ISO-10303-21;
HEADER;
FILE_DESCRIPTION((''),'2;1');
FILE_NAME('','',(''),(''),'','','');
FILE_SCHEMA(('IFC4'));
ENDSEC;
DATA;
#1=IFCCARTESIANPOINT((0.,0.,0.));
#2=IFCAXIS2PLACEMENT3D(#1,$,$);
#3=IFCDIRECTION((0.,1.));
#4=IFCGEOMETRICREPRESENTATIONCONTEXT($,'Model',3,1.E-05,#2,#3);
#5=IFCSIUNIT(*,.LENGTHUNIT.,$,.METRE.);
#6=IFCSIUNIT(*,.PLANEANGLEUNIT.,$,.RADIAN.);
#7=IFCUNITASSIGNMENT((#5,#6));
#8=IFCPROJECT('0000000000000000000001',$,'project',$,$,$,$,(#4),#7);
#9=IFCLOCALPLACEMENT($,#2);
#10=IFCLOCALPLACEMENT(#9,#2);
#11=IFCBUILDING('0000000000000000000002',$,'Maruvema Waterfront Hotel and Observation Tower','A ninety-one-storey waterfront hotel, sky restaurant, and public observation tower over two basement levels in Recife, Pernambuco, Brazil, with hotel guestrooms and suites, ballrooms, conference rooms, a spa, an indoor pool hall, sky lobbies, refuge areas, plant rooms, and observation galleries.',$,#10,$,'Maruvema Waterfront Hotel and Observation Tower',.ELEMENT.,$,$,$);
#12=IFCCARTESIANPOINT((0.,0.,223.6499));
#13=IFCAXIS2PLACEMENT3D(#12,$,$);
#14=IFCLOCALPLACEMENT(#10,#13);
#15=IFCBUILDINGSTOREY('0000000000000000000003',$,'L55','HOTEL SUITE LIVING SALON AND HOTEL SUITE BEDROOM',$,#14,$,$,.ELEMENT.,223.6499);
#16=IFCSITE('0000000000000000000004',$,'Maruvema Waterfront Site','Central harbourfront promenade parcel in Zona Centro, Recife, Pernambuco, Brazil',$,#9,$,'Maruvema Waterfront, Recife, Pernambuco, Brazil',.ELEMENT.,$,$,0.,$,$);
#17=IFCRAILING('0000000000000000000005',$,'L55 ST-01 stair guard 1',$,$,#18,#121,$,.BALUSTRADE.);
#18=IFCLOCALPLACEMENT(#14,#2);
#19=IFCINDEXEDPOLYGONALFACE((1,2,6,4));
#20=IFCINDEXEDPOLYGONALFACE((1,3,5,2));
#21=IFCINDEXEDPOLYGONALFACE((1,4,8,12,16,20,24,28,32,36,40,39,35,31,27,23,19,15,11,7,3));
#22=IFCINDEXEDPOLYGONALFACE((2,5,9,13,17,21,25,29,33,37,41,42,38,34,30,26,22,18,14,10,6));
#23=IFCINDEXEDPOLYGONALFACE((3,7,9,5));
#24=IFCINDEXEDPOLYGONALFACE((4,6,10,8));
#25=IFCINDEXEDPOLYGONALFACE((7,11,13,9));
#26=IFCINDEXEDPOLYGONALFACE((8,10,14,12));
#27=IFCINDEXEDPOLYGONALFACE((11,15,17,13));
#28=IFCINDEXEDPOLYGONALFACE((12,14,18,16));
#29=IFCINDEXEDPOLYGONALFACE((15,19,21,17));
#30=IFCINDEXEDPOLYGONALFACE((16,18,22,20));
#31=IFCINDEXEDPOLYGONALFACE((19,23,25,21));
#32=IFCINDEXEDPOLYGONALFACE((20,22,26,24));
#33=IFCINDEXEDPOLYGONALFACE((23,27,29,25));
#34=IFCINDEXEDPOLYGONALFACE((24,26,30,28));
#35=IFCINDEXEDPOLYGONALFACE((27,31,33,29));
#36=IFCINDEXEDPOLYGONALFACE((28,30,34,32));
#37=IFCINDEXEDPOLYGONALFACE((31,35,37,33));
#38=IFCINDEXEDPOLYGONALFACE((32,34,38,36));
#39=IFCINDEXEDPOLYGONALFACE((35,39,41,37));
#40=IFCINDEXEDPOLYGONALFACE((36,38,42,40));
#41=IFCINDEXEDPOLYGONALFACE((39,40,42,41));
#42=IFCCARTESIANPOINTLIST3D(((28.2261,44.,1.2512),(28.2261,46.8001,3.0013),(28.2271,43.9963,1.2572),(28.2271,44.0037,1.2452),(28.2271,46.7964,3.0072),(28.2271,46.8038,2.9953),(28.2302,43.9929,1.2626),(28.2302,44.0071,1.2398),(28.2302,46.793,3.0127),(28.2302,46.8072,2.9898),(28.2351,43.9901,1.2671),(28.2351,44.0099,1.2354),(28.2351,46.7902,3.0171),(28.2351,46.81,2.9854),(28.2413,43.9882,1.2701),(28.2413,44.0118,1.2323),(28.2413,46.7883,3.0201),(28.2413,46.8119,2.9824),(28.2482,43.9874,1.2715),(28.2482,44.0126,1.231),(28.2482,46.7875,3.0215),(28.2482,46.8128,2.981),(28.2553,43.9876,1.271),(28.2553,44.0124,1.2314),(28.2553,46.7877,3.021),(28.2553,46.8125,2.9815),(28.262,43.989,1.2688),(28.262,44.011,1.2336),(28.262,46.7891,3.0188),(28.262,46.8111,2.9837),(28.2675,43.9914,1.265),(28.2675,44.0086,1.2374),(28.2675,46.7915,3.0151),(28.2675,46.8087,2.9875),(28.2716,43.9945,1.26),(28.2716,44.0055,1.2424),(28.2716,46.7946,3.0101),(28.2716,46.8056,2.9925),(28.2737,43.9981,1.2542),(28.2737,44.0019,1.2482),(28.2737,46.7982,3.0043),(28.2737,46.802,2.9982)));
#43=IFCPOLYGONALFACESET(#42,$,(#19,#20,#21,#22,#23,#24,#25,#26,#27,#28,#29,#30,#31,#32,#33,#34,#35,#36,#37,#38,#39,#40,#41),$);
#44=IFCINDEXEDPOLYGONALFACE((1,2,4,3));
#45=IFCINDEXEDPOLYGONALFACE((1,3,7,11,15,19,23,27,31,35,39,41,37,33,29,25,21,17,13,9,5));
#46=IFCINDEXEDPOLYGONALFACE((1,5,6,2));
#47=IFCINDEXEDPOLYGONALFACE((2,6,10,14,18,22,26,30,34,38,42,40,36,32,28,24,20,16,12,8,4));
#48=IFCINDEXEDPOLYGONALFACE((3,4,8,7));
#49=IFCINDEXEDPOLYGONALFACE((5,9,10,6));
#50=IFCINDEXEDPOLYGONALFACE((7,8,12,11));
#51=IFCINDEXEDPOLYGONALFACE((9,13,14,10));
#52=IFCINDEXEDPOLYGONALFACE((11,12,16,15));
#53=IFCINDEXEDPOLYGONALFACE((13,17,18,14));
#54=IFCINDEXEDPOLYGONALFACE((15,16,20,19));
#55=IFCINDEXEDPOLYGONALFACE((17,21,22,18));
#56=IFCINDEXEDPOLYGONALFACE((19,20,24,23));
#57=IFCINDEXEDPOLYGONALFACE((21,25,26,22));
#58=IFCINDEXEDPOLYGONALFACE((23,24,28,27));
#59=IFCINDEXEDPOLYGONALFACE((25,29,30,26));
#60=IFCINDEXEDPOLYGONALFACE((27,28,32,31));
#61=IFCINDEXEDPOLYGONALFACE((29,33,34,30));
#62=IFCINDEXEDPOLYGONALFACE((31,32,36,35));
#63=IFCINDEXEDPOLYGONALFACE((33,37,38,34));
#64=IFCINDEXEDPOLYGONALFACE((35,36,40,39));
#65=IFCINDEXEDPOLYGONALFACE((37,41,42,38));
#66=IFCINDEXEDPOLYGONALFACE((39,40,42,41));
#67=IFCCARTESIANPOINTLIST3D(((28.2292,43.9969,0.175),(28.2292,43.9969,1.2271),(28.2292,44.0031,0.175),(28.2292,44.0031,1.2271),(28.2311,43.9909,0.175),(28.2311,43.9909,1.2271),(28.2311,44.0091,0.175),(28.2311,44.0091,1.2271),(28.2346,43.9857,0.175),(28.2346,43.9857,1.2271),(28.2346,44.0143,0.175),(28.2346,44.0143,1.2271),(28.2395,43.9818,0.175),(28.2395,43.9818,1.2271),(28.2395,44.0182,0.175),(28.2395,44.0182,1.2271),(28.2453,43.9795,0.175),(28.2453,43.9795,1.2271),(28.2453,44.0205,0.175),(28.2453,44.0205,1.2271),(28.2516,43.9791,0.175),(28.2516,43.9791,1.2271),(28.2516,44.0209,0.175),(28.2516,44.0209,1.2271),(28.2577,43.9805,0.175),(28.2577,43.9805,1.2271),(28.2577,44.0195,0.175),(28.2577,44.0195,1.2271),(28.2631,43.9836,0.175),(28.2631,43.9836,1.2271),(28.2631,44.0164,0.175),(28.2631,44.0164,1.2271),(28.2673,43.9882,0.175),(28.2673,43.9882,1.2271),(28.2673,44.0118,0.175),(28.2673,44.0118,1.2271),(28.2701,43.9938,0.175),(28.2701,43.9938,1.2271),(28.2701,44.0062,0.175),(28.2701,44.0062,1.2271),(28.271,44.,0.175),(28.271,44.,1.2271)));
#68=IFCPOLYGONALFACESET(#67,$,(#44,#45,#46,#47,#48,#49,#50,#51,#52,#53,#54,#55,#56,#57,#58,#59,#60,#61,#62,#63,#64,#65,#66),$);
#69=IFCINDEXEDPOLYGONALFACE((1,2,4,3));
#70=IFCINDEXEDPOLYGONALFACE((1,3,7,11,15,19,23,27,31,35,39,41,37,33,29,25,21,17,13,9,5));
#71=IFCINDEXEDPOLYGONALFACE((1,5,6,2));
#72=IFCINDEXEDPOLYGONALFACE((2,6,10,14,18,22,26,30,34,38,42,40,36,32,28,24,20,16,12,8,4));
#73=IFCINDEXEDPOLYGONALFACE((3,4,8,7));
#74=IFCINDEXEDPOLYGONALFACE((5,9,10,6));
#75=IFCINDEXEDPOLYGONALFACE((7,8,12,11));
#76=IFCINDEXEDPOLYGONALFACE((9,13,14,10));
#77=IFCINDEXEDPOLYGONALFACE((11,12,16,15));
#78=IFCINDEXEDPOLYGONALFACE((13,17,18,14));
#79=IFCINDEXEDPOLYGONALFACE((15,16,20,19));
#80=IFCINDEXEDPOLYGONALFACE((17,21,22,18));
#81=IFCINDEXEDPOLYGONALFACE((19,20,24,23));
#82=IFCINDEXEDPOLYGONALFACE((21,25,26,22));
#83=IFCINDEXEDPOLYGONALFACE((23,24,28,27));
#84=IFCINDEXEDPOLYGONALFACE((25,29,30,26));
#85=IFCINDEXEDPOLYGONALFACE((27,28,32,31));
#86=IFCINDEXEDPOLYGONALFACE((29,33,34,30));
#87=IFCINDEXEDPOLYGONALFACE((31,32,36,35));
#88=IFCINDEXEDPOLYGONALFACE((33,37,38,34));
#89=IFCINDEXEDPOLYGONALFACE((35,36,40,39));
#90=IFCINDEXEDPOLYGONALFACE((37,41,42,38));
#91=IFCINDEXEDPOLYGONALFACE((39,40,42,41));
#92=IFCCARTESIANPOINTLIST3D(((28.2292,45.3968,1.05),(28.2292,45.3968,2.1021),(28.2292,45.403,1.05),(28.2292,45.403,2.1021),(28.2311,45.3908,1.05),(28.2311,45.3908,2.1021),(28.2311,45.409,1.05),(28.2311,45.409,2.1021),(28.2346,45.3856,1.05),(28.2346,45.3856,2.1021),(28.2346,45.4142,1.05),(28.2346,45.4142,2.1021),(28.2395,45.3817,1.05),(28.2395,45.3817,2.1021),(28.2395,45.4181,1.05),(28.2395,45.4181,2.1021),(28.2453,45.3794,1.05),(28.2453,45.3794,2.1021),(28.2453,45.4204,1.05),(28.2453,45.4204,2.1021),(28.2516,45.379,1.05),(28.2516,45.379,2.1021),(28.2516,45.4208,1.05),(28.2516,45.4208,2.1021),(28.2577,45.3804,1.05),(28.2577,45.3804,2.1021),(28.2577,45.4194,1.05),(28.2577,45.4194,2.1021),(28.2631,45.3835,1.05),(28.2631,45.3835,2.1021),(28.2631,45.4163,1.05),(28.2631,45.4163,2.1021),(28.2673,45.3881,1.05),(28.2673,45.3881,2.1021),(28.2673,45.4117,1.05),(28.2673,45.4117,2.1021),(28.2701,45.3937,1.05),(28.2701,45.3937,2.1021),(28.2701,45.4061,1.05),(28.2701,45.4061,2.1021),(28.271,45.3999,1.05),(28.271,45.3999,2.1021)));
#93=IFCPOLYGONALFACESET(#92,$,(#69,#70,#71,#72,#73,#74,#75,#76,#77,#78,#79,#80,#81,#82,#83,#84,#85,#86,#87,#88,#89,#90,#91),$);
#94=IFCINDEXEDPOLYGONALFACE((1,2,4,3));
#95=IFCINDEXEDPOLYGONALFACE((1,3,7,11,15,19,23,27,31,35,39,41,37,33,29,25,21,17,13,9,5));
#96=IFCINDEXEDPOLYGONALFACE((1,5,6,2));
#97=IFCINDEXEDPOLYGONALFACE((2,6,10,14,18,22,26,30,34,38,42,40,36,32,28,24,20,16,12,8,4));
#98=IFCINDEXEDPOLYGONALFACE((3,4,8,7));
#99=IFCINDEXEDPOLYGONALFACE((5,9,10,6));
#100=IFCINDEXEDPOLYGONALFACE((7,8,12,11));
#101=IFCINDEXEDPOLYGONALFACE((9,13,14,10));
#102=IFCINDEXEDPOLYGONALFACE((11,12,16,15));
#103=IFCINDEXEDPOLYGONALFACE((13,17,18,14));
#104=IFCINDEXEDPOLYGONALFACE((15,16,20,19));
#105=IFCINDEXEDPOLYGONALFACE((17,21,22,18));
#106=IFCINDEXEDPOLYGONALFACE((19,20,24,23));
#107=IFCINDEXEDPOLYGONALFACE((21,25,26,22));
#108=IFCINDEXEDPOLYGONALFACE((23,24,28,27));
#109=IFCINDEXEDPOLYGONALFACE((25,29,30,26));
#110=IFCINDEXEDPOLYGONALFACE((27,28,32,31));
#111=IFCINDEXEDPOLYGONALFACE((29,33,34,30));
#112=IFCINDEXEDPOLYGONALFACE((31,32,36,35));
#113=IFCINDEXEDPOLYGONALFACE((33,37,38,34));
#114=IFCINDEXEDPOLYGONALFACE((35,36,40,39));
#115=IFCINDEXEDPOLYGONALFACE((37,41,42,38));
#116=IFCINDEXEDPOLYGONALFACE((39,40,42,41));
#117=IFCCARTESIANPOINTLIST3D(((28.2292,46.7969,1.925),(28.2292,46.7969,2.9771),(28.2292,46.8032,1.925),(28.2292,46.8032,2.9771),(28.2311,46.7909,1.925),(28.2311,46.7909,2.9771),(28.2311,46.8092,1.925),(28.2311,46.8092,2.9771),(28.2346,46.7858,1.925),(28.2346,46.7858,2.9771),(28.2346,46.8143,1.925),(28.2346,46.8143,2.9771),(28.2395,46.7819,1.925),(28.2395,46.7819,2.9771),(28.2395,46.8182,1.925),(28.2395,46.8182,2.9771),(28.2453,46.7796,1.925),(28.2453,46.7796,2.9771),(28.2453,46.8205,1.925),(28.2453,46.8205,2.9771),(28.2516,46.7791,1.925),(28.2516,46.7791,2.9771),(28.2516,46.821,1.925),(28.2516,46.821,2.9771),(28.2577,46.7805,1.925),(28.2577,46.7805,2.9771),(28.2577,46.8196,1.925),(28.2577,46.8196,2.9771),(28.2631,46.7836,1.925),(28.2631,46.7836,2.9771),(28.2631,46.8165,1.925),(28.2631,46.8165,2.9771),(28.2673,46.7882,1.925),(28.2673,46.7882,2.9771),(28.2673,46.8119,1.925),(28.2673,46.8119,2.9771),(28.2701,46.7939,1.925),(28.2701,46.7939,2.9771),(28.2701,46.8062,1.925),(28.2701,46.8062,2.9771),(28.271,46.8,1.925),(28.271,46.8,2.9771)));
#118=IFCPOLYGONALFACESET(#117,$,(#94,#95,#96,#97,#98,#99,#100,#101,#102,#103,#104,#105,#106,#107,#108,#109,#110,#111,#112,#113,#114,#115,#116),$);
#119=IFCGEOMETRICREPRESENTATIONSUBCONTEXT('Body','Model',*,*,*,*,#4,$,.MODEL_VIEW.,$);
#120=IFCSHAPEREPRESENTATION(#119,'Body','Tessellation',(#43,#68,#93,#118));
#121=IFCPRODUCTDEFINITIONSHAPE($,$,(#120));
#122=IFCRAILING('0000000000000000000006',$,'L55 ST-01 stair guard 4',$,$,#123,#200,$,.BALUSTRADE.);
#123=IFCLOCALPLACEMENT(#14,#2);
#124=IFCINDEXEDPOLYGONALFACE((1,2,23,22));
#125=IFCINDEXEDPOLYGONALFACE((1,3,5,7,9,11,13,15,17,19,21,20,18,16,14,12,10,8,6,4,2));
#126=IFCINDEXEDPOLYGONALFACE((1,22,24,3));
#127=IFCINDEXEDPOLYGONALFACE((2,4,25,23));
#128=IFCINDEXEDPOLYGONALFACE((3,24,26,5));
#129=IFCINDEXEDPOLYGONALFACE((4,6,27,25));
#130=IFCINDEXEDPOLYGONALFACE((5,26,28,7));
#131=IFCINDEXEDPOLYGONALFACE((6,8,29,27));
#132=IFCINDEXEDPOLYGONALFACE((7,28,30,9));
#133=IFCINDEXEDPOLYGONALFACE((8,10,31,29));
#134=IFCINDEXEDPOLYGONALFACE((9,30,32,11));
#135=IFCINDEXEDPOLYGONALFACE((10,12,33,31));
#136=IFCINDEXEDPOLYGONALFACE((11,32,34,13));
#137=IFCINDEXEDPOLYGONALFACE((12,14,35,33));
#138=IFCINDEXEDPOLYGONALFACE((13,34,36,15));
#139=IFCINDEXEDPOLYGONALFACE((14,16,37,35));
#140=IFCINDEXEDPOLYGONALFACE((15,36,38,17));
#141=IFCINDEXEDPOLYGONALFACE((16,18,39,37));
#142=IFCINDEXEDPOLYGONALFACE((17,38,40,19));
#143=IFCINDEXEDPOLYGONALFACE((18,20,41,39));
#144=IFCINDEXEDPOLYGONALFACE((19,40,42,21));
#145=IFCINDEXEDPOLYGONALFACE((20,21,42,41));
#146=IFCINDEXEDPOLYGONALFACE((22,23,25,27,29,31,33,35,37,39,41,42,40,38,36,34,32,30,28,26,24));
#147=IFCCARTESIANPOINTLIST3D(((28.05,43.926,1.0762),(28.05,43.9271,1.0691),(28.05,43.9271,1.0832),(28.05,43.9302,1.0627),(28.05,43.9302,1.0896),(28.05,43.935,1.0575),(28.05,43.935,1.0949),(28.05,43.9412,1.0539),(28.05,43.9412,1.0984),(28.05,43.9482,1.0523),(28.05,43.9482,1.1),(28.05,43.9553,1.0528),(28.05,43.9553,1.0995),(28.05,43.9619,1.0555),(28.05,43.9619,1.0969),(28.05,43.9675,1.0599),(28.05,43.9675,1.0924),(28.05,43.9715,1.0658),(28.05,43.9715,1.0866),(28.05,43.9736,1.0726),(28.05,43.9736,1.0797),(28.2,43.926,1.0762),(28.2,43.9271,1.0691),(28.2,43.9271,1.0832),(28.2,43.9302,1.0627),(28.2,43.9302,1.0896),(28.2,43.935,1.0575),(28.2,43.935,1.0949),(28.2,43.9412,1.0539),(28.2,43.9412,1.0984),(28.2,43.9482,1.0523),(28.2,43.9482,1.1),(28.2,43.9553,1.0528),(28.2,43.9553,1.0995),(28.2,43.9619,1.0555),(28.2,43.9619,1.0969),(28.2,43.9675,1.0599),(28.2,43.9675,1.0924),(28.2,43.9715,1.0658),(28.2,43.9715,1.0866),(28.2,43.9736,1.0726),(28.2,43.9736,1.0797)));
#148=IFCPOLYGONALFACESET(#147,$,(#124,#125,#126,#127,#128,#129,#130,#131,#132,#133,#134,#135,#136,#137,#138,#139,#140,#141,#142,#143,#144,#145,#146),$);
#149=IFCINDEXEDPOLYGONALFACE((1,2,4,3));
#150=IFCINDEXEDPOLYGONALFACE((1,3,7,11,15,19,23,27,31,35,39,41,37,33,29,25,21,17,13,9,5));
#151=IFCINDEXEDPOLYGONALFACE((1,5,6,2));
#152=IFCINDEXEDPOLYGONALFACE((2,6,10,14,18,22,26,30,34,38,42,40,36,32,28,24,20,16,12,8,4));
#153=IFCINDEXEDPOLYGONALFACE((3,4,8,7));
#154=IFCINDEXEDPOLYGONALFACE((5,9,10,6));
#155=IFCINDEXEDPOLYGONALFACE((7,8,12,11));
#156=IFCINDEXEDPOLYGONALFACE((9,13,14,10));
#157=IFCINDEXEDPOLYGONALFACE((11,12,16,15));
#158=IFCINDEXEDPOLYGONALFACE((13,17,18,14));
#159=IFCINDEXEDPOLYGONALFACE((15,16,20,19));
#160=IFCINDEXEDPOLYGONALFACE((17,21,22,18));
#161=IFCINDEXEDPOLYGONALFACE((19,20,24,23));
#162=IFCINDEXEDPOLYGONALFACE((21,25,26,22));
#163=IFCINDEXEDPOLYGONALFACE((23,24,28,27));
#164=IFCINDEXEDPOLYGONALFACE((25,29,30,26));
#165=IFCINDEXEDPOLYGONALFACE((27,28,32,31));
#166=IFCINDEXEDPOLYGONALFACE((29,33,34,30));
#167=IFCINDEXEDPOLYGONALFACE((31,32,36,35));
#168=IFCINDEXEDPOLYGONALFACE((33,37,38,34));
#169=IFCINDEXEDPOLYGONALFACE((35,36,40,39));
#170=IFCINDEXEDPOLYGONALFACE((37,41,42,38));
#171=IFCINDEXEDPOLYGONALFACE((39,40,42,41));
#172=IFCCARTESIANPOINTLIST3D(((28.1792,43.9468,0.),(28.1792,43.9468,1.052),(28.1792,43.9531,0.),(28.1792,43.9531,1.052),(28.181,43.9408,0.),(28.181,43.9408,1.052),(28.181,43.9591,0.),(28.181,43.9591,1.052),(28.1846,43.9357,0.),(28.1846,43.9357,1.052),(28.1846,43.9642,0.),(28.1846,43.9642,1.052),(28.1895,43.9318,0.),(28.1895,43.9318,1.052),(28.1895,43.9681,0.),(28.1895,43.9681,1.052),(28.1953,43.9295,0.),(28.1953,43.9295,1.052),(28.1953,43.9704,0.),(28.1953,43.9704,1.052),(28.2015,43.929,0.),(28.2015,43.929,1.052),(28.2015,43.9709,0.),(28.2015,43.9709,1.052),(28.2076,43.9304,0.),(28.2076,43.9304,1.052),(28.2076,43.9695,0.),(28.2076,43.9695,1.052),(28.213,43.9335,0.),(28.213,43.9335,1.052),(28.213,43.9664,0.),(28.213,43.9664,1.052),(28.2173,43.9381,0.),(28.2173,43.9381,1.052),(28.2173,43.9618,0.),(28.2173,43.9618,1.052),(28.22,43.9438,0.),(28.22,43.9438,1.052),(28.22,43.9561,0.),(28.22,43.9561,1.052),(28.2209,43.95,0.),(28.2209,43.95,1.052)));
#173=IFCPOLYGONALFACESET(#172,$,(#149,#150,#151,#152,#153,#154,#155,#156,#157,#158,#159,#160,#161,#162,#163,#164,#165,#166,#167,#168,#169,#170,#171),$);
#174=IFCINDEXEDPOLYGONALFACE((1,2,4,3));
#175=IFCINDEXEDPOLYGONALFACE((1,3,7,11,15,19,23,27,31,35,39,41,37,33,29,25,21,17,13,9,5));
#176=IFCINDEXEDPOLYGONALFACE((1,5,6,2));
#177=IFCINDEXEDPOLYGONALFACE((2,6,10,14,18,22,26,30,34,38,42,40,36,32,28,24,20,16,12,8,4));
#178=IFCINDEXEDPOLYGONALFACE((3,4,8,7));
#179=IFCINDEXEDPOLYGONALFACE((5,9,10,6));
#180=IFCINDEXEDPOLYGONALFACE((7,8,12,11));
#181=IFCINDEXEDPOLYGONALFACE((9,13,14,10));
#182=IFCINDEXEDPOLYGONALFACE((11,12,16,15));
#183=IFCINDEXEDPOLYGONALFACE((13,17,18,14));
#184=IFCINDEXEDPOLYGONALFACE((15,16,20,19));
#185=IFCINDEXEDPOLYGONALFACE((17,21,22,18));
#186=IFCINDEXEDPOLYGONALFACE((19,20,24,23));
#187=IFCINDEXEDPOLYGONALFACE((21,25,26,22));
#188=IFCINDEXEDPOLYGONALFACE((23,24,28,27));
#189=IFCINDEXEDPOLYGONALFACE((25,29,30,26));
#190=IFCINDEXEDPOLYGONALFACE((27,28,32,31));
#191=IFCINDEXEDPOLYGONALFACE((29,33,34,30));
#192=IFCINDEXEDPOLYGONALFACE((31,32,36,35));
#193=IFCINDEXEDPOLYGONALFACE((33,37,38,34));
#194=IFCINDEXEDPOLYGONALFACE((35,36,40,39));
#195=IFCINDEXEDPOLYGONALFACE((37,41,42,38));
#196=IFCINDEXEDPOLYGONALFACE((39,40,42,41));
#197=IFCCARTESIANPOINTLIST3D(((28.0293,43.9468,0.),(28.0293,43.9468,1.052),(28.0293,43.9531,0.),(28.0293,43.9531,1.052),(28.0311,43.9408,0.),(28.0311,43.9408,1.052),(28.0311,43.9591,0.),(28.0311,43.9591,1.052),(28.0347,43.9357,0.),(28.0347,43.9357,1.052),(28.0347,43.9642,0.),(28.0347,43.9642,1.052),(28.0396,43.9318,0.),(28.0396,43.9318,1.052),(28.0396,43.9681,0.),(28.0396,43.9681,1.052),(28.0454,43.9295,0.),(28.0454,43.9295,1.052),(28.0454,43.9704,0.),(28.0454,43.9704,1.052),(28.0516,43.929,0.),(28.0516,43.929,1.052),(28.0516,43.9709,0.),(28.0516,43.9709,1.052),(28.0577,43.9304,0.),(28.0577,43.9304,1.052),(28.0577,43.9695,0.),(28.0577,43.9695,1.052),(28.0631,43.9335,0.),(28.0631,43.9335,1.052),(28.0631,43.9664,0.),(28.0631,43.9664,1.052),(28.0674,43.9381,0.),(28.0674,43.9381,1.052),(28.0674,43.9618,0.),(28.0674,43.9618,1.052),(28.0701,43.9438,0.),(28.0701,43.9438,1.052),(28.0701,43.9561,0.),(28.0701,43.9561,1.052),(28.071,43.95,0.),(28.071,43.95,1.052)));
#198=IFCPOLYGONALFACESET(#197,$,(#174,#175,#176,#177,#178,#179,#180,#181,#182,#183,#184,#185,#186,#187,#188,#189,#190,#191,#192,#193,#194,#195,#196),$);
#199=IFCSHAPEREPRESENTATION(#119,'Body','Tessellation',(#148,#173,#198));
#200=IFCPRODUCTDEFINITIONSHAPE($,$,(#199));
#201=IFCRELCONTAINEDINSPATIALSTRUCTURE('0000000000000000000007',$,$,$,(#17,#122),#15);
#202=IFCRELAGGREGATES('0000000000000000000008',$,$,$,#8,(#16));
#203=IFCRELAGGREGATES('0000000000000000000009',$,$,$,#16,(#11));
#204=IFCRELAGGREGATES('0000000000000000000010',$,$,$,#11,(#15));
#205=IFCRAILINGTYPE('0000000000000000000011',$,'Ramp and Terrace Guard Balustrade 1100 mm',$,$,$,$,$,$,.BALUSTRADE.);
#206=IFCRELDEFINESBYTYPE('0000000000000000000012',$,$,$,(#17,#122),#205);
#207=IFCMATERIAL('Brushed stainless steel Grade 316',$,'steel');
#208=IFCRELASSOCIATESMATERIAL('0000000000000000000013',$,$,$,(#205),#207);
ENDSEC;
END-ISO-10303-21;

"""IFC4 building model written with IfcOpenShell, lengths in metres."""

from ifc_helpers import new_model, si_unit, direction, frame, origin, origin_2d, place, context, subcontext, project, spatial, circle, extrude, material, type_object, element, save


model = new_model("IFC4")

# Units and contexts
model_context = context("Model", 3, precision=1e-05, world=origin(), true_north=direction((0.0, 1.0)))
body_context = subcontext(model_context, "Body", "Model", "MODEL_VIEW")
ifc_project = project(units=[si_unit("LENGTHUNIT", "METRE"), si_unit("PLANEANGLEUNIT", "RADIAN")], contexts=[model_context])

# Site, building, storey
site_placement = place(None, origin())
site = spatial("IfcSite", under=ifc_project, at=site_placement, Name="Maruvema Waterfront Site", Description="Central harbourfront promenade parcel in Zona Centro, Recife, Pernambuco, Brazil", LongName="Maruvema Waterfront, Recife, Pernambuco, Brazil", CompositionType="ELEMENT", RefElevation=0.0)
building_placement = place(site_placement, origin())
building = spatial("IfcBuilding", under=site, at=building_placement, Name="Maruvema Waterfront Hotel and Observation Tower", Description="A ninety-one-storey waterfront hotel, sky restaurant, and public observation tower over two basement levels in Recife, Pernambuco, Brazil, with hotel guestrooms and suites, ballrooms, conference rooms, a spa, an indoor pool hall, sky lobbies, refuge areas, plant rooms, and observation galleries.", LongName="Maruvema Waterfront Hotel and Observation Tower", CompositionType="ELEMENT")
storey_placement = place(building_placement, frame((0.0, 0.0, 223.6499)))
storey = spatial("IfcBuildingStorey", under=building, at=storey_placement, Name="L55", Description="HOTEL SUITE LIVING SALON AND HOTEL SUITE BEDROOM", CompositionType="ELEMENT", Elevation=223.6499)

# Railings
ifc_material_1 = material(Name="Brushed stainless steel Grade 316", Category="steel")
railing_type_1 = type_object("IfcRailingType", Name="Ramp and Terrace Guard Balustrade 1100 mm", PredefinedType="BALUSTRADE", material=ifc_material_1)
railing_1_placement = place(storey_placement, frame((28.25, 44.0, 0.175)))
element("IfcRailing", 1, at=railing_1_placement, inside=storey, type_object=railing_type_1, Name="L55 ST-01 stair guard 1", PredefinedType="BALUSTRADE", context=body_context, shape_type="SweptSolid", body=[
    extrude(circle(Radius=0.0239, at=origin_2d()), frame((0.0, 0.0, 1.0762), z_axis=(0.0, 0.848002, 0.529992), x_axis=(-1.0, 0.0, 0.0)), (0.0, 0.0, 1.0), 3.302),
    extrude(circle(Radius=0.021, at=origin_2d()), origin(), (0.0, 0.0, 1.0), 1.052),
    extrude(circle(Radius=0.021, at=origin_2d()), frame((0.0, 1.3999, 0.875)), (0.0, 0.0, 1.0), 1.052),
    extrude(circle(Radius=0.021, at=origin_2d()), frame((0.0, 2.8, 1.75)), (0.0, 0.0, 1.0), 1.052),
])
railing_2_placement = place(storey_placement, frame((28.2, 43.95, 0.0)))
element("IfcRailing", 2, at=railing_2_placement, inside=storey, type_object=railing_type_1, Name="L55 ST-01 stair guard 4", PredefinedType="BALUSTRADE", context=body_context, shape_type="SweptSolid", body=[
    extrude(circle(Radius=0.0239, at=origin_2d()), frame((0.0, 0.0, 1.0762), z_axis=(-1.0, 0.0, 0.0), x_axis=(0.0, -1.0, 0.0)), (0.0, 0.0, 1.0), 0.1499),
    extrude(circle(Radius=0.021, at=origin_2d()), origin(), (0.0, 0.0, 1.0), 1.052),
    extrude(circle(Radius=0.021, at=origin_2d()), frame((-0.1499, 0.0, 0.0)), (0.0, 0.0, 1.0), 1.052),
])

save(model, "model.ifc")
